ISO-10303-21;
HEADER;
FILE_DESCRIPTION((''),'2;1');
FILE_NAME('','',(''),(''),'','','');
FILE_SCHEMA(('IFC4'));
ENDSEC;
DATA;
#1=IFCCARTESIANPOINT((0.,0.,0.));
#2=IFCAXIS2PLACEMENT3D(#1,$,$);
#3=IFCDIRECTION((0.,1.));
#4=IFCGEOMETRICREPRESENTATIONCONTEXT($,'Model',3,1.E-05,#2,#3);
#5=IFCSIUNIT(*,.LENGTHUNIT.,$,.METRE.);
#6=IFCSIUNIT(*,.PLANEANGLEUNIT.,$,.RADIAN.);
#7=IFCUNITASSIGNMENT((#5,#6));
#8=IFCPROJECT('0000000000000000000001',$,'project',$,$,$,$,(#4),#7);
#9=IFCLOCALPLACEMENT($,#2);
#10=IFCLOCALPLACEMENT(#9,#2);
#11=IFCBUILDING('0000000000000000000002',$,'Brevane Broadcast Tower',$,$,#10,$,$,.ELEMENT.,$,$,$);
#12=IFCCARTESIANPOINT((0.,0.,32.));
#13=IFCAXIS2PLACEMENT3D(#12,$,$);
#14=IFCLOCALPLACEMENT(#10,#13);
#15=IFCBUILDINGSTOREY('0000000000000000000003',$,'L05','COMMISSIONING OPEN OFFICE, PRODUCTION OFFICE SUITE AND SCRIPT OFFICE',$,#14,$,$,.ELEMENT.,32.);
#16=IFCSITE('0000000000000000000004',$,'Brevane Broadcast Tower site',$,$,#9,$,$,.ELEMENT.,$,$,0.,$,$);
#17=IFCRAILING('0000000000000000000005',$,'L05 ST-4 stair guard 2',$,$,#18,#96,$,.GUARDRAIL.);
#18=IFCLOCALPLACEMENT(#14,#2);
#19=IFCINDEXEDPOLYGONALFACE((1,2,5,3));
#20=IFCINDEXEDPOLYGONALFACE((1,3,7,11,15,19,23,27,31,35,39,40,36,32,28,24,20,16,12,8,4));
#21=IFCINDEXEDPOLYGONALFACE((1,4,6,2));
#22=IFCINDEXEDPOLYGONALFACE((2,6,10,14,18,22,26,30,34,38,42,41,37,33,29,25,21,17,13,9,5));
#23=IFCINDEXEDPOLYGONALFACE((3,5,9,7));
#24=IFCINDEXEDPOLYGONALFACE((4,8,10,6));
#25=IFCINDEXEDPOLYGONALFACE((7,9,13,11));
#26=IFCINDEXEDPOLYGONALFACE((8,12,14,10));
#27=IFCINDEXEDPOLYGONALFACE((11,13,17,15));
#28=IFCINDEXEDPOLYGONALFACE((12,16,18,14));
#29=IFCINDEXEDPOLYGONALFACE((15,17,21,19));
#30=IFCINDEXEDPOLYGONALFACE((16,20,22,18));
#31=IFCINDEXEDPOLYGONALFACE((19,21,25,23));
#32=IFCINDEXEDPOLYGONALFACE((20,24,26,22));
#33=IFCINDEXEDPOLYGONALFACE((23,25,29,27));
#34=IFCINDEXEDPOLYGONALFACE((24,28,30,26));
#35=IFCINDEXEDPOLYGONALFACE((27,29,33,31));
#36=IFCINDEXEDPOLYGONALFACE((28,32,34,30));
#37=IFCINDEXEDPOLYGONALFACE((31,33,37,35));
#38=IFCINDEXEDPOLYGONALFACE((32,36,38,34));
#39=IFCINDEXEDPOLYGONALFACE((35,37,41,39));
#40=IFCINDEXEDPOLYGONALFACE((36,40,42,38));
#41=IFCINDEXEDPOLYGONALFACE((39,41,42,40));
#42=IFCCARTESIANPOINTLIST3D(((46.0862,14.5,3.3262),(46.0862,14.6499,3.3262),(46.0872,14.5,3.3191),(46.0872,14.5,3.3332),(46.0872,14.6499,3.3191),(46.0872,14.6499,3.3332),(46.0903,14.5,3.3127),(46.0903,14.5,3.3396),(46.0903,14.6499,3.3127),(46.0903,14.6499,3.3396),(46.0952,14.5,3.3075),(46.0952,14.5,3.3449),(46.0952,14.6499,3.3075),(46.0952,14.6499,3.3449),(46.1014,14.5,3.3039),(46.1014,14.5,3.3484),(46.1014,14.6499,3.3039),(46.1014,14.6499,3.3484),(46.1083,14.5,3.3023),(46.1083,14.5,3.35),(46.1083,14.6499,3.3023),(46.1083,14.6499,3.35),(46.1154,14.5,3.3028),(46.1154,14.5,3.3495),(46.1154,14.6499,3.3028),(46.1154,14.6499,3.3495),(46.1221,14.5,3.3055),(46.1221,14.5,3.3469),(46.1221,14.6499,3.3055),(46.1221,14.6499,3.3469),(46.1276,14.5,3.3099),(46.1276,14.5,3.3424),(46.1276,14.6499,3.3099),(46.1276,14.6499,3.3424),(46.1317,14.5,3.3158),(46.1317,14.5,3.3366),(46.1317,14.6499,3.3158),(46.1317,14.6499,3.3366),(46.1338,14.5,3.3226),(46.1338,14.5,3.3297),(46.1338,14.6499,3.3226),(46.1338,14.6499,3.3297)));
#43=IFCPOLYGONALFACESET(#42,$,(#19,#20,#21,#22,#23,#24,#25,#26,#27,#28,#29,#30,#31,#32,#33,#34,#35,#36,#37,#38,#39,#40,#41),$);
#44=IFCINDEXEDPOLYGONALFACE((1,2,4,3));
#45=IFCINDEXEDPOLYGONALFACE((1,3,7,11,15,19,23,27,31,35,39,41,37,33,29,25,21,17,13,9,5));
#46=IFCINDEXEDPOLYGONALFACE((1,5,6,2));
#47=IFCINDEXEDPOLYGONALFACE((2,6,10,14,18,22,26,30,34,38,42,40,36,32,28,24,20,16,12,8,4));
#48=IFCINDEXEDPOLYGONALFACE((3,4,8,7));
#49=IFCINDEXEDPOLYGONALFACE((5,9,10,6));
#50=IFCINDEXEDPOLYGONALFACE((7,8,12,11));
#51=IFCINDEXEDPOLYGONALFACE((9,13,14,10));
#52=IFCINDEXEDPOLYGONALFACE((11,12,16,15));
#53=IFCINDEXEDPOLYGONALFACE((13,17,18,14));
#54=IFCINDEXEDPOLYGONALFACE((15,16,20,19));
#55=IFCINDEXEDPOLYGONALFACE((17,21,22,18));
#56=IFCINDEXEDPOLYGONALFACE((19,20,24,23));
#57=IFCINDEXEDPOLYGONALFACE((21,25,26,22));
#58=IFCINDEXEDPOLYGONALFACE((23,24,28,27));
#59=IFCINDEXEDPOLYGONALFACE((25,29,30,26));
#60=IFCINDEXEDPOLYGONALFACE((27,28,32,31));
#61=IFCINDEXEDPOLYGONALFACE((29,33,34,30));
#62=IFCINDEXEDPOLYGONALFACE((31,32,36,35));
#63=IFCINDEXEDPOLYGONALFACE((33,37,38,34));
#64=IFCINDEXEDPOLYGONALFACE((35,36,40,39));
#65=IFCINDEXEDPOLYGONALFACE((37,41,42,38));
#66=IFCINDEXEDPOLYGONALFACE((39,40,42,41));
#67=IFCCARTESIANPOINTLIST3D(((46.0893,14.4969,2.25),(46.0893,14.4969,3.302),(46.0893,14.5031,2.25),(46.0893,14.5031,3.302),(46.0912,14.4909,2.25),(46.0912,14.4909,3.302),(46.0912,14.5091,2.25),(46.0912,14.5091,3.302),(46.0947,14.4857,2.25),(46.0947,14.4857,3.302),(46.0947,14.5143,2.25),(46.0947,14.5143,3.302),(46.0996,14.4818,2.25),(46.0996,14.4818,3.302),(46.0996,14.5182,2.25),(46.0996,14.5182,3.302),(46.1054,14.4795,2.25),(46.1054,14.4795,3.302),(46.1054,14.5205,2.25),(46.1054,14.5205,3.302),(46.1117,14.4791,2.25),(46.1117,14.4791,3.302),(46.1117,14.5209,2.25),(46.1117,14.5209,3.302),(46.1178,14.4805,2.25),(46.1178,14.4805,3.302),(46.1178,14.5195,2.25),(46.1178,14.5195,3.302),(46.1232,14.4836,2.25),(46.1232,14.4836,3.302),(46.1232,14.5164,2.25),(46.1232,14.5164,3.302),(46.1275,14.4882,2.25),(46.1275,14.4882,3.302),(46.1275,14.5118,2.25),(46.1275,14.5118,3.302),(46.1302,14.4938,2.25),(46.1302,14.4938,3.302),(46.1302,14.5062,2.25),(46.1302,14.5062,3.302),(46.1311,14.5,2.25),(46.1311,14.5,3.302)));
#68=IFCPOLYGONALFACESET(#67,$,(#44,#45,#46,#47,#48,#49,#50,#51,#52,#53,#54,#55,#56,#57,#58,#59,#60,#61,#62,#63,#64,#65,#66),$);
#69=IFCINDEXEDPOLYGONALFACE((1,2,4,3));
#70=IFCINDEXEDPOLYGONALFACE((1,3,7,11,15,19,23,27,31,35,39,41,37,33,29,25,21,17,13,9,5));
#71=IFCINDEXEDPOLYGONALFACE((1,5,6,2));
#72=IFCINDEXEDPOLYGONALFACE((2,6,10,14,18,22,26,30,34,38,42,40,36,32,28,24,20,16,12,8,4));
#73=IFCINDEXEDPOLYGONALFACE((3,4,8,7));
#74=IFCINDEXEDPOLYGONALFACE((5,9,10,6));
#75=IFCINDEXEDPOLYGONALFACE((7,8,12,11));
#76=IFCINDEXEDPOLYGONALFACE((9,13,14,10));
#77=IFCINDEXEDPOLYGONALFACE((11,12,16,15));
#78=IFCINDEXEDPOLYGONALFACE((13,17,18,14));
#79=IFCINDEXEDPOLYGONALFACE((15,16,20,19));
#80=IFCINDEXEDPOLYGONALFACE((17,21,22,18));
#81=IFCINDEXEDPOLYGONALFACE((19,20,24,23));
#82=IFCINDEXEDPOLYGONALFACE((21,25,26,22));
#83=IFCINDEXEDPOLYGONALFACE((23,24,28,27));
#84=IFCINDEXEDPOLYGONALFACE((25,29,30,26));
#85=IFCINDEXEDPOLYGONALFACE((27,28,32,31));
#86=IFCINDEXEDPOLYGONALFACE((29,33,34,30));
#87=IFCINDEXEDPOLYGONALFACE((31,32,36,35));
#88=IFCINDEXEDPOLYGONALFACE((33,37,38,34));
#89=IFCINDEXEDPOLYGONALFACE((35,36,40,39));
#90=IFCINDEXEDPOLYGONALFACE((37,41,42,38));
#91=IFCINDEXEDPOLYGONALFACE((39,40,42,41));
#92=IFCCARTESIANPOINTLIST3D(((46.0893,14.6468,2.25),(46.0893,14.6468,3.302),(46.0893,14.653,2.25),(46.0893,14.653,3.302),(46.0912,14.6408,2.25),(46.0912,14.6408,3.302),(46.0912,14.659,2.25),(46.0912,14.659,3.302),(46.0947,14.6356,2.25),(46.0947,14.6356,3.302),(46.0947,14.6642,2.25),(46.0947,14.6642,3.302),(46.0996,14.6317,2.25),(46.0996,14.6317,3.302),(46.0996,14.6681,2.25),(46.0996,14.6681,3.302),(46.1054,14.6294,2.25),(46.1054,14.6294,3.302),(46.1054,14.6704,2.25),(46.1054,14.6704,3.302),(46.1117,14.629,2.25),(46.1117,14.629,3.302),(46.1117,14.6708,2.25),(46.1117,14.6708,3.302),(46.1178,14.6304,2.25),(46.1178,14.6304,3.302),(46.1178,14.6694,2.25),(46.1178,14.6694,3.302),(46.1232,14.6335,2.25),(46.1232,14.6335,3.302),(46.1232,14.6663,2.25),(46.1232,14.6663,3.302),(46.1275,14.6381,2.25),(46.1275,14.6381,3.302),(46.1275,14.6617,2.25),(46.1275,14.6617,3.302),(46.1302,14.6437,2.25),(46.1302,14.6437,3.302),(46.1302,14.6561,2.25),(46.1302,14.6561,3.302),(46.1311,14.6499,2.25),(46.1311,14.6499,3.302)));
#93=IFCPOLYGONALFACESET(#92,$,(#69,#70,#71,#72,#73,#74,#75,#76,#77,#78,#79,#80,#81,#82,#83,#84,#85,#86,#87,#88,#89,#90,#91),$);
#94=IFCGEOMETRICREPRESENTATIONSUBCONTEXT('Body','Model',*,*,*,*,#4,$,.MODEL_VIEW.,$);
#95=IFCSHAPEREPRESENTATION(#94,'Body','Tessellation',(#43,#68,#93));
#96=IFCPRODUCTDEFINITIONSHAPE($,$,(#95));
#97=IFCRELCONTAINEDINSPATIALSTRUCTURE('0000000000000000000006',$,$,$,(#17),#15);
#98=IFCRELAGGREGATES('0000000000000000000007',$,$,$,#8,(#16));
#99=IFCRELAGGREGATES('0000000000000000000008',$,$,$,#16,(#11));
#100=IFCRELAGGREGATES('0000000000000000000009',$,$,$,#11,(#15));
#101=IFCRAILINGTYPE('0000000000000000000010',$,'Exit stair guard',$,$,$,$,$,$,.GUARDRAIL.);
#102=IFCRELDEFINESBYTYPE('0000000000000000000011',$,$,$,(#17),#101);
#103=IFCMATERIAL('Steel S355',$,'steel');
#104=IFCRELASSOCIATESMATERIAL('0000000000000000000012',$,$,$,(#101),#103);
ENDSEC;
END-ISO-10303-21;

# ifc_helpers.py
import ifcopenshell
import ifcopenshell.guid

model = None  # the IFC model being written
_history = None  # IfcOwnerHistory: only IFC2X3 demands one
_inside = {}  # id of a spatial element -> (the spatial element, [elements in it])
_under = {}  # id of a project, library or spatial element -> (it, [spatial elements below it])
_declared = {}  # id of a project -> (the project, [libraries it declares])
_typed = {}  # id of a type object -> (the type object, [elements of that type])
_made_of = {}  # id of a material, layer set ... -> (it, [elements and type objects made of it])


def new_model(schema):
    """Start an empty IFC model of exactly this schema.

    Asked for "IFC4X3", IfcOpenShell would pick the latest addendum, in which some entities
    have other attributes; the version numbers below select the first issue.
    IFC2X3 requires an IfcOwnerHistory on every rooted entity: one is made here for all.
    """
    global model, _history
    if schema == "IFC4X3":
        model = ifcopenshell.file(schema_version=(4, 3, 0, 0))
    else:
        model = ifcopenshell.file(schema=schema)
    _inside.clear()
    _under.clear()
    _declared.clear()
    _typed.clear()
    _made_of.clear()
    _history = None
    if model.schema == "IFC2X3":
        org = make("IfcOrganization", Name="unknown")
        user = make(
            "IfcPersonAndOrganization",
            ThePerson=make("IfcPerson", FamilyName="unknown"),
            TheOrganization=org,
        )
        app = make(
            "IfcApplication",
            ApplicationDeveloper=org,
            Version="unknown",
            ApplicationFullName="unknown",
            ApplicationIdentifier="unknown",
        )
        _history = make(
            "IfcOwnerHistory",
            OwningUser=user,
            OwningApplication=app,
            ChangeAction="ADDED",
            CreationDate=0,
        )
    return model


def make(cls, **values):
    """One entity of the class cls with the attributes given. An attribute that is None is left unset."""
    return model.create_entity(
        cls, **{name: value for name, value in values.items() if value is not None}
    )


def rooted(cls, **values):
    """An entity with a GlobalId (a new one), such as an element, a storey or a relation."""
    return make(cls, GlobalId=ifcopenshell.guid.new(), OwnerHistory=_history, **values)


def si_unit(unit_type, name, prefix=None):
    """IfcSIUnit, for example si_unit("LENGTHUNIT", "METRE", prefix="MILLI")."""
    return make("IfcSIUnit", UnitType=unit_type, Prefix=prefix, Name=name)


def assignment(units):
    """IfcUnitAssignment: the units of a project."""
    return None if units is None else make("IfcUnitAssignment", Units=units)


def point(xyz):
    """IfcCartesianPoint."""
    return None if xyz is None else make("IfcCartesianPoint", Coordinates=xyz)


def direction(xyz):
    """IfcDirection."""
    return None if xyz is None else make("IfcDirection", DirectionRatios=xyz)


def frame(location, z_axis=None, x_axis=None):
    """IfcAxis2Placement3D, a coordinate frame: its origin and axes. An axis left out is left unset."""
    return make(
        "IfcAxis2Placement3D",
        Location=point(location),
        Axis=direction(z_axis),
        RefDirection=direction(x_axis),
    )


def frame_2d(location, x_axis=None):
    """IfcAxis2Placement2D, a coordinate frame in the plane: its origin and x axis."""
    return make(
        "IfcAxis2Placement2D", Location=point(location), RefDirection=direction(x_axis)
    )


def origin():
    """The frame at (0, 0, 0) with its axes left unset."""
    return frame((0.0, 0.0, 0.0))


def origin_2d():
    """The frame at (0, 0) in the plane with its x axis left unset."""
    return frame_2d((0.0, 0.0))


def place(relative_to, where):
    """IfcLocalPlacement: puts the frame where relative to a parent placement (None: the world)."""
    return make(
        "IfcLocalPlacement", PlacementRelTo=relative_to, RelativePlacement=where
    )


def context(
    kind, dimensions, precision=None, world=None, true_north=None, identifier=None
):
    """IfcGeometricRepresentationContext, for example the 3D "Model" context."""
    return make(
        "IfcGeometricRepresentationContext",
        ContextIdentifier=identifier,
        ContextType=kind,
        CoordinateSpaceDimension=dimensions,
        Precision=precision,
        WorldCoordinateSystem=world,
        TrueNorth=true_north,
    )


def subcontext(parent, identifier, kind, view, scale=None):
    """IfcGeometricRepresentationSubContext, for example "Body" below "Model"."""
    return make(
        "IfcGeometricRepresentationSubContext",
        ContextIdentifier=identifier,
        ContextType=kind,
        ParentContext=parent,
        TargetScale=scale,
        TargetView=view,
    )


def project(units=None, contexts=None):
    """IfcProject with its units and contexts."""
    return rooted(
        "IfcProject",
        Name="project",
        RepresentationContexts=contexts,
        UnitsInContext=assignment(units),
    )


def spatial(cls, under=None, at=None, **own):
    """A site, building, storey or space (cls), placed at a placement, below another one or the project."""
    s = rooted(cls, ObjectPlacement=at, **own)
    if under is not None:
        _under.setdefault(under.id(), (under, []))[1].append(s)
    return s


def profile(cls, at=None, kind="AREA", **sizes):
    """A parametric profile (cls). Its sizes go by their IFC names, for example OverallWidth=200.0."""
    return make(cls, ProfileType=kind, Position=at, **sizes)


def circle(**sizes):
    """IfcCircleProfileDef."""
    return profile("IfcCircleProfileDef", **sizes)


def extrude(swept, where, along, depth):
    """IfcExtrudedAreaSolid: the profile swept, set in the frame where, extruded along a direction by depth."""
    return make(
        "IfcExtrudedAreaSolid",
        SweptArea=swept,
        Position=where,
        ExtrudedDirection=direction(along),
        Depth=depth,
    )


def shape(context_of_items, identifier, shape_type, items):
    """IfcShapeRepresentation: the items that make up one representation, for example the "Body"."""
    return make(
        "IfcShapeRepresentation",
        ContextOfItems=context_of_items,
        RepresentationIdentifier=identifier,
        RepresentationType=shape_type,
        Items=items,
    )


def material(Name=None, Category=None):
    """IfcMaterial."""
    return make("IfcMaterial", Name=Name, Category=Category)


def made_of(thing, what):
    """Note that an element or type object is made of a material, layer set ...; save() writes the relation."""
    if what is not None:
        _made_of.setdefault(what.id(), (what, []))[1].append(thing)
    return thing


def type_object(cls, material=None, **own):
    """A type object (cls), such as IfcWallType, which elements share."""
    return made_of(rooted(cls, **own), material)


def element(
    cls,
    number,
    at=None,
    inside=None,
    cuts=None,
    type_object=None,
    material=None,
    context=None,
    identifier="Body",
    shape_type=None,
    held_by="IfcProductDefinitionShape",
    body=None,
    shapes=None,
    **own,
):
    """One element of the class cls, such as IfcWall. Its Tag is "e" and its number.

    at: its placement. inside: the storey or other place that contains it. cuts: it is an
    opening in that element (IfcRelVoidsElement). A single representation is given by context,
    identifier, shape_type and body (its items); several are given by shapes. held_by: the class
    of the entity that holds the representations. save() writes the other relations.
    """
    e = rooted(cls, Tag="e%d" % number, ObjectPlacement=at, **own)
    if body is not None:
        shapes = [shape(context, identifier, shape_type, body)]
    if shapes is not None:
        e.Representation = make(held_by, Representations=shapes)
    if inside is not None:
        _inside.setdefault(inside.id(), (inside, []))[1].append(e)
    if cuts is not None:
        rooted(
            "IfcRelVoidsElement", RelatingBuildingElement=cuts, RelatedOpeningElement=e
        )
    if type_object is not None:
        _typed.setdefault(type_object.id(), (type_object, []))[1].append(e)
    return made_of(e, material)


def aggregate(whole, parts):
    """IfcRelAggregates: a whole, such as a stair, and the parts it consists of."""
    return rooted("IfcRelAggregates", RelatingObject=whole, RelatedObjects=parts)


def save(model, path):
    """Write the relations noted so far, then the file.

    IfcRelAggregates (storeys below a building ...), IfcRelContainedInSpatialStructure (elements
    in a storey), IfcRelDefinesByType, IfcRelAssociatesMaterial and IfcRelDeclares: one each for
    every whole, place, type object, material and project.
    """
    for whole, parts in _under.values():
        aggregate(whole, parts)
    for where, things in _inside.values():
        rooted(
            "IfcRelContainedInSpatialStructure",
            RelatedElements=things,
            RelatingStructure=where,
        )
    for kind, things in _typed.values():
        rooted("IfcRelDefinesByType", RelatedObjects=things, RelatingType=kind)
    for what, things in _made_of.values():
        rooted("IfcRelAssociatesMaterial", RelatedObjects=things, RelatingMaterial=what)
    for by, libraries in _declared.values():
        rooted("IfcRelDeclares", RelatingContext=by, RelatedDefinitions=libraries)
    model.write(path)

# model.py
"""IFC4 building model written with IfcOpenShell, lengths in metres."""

from ifc_helpers import new_model, si_unit, direction, frame, origin, origin_2d, place, context, subcontext, project, spatial, circle, extrude, material, type_object, element, save


model = new_model("IFC4")

# Units and contexts
model_context = context("Model", 3, precision=1e-05, world=origin(), true_north=direction((0.0, 1.0)))
body_context = subcontext(model_context, "Body", "Model", "MODEL_VIEW")
ifc_project = project(units=[si_unit("LENGTHUNIT", "METRE"), si_unit("PLANEANGLEUNIT", "RADIAN")], contexts=[model_context])

# Site, building, storey
site_placement = place(None, origin())
site = spatial("IfcSite", under=ifc_project, at=site_placement, Name="Brevane Broadcast Tower site", CompositionType="ELEMENT", RefElevation=0.0)
building_placement = place(site_placement, origin())
building = spatial("IfcBuilding", under=site, at=building_placement, Name="Brevane Broadcast Tower", CompositionType="ELEMENT")
storey_placement = place(building_placement, frame((0.0, 0.0, 32.0)))
storey = spatial("IfcBuildingStorey", under=building, at=storey_placement, Name="L05", Description="COMMISSIONING OPEN OFFICE, PRODUCTION OFFICE SUITE AND SCRIPT OFFICE", CompositionType="ELEMENT", Elevation=32.0)

# Railing
ifc_material_1 = material(Name="Steel S355", Category="steel")
railing_type_1 = type_object("IfcRailingType", Name="Exit stair guard", PredefinedType="GUARDRAIL", material=ifc_material_1)
railing_1_placement = place(storey_placement, frame((46.1101, 14.5, 2.25)))
element("IfcRailing", 1, at=railing_1_placement, inside=storey, type_object=railing_type_1, Name="L05 ST-4 stair guard 2", PredefinedType="GUARDRAIL", context=body_context, shape_type="SweptSolid", body=[
    extrude(circle(Radius=0.0239, at=origin_2d()), frame((0.0, 0.0, 1.0762), z_axis=(0.0, 1.0, 0.0), x_axis=(-1.0, 0.0, 0.0)), (0.0, 0.0, 1.0), 0.1499),
    extrude(circle(Radius=0.021, at=origin_2d()), origin(), (0.0, 0.0, 1.0), 1.052),
    extrude(circle(Radius=0.021, at=origin_2d()), frame((0.0, 0.1499, 0.0)), (0.0, 0.0, 1.0), 1.052),
])

save(model, "model.ifc")
